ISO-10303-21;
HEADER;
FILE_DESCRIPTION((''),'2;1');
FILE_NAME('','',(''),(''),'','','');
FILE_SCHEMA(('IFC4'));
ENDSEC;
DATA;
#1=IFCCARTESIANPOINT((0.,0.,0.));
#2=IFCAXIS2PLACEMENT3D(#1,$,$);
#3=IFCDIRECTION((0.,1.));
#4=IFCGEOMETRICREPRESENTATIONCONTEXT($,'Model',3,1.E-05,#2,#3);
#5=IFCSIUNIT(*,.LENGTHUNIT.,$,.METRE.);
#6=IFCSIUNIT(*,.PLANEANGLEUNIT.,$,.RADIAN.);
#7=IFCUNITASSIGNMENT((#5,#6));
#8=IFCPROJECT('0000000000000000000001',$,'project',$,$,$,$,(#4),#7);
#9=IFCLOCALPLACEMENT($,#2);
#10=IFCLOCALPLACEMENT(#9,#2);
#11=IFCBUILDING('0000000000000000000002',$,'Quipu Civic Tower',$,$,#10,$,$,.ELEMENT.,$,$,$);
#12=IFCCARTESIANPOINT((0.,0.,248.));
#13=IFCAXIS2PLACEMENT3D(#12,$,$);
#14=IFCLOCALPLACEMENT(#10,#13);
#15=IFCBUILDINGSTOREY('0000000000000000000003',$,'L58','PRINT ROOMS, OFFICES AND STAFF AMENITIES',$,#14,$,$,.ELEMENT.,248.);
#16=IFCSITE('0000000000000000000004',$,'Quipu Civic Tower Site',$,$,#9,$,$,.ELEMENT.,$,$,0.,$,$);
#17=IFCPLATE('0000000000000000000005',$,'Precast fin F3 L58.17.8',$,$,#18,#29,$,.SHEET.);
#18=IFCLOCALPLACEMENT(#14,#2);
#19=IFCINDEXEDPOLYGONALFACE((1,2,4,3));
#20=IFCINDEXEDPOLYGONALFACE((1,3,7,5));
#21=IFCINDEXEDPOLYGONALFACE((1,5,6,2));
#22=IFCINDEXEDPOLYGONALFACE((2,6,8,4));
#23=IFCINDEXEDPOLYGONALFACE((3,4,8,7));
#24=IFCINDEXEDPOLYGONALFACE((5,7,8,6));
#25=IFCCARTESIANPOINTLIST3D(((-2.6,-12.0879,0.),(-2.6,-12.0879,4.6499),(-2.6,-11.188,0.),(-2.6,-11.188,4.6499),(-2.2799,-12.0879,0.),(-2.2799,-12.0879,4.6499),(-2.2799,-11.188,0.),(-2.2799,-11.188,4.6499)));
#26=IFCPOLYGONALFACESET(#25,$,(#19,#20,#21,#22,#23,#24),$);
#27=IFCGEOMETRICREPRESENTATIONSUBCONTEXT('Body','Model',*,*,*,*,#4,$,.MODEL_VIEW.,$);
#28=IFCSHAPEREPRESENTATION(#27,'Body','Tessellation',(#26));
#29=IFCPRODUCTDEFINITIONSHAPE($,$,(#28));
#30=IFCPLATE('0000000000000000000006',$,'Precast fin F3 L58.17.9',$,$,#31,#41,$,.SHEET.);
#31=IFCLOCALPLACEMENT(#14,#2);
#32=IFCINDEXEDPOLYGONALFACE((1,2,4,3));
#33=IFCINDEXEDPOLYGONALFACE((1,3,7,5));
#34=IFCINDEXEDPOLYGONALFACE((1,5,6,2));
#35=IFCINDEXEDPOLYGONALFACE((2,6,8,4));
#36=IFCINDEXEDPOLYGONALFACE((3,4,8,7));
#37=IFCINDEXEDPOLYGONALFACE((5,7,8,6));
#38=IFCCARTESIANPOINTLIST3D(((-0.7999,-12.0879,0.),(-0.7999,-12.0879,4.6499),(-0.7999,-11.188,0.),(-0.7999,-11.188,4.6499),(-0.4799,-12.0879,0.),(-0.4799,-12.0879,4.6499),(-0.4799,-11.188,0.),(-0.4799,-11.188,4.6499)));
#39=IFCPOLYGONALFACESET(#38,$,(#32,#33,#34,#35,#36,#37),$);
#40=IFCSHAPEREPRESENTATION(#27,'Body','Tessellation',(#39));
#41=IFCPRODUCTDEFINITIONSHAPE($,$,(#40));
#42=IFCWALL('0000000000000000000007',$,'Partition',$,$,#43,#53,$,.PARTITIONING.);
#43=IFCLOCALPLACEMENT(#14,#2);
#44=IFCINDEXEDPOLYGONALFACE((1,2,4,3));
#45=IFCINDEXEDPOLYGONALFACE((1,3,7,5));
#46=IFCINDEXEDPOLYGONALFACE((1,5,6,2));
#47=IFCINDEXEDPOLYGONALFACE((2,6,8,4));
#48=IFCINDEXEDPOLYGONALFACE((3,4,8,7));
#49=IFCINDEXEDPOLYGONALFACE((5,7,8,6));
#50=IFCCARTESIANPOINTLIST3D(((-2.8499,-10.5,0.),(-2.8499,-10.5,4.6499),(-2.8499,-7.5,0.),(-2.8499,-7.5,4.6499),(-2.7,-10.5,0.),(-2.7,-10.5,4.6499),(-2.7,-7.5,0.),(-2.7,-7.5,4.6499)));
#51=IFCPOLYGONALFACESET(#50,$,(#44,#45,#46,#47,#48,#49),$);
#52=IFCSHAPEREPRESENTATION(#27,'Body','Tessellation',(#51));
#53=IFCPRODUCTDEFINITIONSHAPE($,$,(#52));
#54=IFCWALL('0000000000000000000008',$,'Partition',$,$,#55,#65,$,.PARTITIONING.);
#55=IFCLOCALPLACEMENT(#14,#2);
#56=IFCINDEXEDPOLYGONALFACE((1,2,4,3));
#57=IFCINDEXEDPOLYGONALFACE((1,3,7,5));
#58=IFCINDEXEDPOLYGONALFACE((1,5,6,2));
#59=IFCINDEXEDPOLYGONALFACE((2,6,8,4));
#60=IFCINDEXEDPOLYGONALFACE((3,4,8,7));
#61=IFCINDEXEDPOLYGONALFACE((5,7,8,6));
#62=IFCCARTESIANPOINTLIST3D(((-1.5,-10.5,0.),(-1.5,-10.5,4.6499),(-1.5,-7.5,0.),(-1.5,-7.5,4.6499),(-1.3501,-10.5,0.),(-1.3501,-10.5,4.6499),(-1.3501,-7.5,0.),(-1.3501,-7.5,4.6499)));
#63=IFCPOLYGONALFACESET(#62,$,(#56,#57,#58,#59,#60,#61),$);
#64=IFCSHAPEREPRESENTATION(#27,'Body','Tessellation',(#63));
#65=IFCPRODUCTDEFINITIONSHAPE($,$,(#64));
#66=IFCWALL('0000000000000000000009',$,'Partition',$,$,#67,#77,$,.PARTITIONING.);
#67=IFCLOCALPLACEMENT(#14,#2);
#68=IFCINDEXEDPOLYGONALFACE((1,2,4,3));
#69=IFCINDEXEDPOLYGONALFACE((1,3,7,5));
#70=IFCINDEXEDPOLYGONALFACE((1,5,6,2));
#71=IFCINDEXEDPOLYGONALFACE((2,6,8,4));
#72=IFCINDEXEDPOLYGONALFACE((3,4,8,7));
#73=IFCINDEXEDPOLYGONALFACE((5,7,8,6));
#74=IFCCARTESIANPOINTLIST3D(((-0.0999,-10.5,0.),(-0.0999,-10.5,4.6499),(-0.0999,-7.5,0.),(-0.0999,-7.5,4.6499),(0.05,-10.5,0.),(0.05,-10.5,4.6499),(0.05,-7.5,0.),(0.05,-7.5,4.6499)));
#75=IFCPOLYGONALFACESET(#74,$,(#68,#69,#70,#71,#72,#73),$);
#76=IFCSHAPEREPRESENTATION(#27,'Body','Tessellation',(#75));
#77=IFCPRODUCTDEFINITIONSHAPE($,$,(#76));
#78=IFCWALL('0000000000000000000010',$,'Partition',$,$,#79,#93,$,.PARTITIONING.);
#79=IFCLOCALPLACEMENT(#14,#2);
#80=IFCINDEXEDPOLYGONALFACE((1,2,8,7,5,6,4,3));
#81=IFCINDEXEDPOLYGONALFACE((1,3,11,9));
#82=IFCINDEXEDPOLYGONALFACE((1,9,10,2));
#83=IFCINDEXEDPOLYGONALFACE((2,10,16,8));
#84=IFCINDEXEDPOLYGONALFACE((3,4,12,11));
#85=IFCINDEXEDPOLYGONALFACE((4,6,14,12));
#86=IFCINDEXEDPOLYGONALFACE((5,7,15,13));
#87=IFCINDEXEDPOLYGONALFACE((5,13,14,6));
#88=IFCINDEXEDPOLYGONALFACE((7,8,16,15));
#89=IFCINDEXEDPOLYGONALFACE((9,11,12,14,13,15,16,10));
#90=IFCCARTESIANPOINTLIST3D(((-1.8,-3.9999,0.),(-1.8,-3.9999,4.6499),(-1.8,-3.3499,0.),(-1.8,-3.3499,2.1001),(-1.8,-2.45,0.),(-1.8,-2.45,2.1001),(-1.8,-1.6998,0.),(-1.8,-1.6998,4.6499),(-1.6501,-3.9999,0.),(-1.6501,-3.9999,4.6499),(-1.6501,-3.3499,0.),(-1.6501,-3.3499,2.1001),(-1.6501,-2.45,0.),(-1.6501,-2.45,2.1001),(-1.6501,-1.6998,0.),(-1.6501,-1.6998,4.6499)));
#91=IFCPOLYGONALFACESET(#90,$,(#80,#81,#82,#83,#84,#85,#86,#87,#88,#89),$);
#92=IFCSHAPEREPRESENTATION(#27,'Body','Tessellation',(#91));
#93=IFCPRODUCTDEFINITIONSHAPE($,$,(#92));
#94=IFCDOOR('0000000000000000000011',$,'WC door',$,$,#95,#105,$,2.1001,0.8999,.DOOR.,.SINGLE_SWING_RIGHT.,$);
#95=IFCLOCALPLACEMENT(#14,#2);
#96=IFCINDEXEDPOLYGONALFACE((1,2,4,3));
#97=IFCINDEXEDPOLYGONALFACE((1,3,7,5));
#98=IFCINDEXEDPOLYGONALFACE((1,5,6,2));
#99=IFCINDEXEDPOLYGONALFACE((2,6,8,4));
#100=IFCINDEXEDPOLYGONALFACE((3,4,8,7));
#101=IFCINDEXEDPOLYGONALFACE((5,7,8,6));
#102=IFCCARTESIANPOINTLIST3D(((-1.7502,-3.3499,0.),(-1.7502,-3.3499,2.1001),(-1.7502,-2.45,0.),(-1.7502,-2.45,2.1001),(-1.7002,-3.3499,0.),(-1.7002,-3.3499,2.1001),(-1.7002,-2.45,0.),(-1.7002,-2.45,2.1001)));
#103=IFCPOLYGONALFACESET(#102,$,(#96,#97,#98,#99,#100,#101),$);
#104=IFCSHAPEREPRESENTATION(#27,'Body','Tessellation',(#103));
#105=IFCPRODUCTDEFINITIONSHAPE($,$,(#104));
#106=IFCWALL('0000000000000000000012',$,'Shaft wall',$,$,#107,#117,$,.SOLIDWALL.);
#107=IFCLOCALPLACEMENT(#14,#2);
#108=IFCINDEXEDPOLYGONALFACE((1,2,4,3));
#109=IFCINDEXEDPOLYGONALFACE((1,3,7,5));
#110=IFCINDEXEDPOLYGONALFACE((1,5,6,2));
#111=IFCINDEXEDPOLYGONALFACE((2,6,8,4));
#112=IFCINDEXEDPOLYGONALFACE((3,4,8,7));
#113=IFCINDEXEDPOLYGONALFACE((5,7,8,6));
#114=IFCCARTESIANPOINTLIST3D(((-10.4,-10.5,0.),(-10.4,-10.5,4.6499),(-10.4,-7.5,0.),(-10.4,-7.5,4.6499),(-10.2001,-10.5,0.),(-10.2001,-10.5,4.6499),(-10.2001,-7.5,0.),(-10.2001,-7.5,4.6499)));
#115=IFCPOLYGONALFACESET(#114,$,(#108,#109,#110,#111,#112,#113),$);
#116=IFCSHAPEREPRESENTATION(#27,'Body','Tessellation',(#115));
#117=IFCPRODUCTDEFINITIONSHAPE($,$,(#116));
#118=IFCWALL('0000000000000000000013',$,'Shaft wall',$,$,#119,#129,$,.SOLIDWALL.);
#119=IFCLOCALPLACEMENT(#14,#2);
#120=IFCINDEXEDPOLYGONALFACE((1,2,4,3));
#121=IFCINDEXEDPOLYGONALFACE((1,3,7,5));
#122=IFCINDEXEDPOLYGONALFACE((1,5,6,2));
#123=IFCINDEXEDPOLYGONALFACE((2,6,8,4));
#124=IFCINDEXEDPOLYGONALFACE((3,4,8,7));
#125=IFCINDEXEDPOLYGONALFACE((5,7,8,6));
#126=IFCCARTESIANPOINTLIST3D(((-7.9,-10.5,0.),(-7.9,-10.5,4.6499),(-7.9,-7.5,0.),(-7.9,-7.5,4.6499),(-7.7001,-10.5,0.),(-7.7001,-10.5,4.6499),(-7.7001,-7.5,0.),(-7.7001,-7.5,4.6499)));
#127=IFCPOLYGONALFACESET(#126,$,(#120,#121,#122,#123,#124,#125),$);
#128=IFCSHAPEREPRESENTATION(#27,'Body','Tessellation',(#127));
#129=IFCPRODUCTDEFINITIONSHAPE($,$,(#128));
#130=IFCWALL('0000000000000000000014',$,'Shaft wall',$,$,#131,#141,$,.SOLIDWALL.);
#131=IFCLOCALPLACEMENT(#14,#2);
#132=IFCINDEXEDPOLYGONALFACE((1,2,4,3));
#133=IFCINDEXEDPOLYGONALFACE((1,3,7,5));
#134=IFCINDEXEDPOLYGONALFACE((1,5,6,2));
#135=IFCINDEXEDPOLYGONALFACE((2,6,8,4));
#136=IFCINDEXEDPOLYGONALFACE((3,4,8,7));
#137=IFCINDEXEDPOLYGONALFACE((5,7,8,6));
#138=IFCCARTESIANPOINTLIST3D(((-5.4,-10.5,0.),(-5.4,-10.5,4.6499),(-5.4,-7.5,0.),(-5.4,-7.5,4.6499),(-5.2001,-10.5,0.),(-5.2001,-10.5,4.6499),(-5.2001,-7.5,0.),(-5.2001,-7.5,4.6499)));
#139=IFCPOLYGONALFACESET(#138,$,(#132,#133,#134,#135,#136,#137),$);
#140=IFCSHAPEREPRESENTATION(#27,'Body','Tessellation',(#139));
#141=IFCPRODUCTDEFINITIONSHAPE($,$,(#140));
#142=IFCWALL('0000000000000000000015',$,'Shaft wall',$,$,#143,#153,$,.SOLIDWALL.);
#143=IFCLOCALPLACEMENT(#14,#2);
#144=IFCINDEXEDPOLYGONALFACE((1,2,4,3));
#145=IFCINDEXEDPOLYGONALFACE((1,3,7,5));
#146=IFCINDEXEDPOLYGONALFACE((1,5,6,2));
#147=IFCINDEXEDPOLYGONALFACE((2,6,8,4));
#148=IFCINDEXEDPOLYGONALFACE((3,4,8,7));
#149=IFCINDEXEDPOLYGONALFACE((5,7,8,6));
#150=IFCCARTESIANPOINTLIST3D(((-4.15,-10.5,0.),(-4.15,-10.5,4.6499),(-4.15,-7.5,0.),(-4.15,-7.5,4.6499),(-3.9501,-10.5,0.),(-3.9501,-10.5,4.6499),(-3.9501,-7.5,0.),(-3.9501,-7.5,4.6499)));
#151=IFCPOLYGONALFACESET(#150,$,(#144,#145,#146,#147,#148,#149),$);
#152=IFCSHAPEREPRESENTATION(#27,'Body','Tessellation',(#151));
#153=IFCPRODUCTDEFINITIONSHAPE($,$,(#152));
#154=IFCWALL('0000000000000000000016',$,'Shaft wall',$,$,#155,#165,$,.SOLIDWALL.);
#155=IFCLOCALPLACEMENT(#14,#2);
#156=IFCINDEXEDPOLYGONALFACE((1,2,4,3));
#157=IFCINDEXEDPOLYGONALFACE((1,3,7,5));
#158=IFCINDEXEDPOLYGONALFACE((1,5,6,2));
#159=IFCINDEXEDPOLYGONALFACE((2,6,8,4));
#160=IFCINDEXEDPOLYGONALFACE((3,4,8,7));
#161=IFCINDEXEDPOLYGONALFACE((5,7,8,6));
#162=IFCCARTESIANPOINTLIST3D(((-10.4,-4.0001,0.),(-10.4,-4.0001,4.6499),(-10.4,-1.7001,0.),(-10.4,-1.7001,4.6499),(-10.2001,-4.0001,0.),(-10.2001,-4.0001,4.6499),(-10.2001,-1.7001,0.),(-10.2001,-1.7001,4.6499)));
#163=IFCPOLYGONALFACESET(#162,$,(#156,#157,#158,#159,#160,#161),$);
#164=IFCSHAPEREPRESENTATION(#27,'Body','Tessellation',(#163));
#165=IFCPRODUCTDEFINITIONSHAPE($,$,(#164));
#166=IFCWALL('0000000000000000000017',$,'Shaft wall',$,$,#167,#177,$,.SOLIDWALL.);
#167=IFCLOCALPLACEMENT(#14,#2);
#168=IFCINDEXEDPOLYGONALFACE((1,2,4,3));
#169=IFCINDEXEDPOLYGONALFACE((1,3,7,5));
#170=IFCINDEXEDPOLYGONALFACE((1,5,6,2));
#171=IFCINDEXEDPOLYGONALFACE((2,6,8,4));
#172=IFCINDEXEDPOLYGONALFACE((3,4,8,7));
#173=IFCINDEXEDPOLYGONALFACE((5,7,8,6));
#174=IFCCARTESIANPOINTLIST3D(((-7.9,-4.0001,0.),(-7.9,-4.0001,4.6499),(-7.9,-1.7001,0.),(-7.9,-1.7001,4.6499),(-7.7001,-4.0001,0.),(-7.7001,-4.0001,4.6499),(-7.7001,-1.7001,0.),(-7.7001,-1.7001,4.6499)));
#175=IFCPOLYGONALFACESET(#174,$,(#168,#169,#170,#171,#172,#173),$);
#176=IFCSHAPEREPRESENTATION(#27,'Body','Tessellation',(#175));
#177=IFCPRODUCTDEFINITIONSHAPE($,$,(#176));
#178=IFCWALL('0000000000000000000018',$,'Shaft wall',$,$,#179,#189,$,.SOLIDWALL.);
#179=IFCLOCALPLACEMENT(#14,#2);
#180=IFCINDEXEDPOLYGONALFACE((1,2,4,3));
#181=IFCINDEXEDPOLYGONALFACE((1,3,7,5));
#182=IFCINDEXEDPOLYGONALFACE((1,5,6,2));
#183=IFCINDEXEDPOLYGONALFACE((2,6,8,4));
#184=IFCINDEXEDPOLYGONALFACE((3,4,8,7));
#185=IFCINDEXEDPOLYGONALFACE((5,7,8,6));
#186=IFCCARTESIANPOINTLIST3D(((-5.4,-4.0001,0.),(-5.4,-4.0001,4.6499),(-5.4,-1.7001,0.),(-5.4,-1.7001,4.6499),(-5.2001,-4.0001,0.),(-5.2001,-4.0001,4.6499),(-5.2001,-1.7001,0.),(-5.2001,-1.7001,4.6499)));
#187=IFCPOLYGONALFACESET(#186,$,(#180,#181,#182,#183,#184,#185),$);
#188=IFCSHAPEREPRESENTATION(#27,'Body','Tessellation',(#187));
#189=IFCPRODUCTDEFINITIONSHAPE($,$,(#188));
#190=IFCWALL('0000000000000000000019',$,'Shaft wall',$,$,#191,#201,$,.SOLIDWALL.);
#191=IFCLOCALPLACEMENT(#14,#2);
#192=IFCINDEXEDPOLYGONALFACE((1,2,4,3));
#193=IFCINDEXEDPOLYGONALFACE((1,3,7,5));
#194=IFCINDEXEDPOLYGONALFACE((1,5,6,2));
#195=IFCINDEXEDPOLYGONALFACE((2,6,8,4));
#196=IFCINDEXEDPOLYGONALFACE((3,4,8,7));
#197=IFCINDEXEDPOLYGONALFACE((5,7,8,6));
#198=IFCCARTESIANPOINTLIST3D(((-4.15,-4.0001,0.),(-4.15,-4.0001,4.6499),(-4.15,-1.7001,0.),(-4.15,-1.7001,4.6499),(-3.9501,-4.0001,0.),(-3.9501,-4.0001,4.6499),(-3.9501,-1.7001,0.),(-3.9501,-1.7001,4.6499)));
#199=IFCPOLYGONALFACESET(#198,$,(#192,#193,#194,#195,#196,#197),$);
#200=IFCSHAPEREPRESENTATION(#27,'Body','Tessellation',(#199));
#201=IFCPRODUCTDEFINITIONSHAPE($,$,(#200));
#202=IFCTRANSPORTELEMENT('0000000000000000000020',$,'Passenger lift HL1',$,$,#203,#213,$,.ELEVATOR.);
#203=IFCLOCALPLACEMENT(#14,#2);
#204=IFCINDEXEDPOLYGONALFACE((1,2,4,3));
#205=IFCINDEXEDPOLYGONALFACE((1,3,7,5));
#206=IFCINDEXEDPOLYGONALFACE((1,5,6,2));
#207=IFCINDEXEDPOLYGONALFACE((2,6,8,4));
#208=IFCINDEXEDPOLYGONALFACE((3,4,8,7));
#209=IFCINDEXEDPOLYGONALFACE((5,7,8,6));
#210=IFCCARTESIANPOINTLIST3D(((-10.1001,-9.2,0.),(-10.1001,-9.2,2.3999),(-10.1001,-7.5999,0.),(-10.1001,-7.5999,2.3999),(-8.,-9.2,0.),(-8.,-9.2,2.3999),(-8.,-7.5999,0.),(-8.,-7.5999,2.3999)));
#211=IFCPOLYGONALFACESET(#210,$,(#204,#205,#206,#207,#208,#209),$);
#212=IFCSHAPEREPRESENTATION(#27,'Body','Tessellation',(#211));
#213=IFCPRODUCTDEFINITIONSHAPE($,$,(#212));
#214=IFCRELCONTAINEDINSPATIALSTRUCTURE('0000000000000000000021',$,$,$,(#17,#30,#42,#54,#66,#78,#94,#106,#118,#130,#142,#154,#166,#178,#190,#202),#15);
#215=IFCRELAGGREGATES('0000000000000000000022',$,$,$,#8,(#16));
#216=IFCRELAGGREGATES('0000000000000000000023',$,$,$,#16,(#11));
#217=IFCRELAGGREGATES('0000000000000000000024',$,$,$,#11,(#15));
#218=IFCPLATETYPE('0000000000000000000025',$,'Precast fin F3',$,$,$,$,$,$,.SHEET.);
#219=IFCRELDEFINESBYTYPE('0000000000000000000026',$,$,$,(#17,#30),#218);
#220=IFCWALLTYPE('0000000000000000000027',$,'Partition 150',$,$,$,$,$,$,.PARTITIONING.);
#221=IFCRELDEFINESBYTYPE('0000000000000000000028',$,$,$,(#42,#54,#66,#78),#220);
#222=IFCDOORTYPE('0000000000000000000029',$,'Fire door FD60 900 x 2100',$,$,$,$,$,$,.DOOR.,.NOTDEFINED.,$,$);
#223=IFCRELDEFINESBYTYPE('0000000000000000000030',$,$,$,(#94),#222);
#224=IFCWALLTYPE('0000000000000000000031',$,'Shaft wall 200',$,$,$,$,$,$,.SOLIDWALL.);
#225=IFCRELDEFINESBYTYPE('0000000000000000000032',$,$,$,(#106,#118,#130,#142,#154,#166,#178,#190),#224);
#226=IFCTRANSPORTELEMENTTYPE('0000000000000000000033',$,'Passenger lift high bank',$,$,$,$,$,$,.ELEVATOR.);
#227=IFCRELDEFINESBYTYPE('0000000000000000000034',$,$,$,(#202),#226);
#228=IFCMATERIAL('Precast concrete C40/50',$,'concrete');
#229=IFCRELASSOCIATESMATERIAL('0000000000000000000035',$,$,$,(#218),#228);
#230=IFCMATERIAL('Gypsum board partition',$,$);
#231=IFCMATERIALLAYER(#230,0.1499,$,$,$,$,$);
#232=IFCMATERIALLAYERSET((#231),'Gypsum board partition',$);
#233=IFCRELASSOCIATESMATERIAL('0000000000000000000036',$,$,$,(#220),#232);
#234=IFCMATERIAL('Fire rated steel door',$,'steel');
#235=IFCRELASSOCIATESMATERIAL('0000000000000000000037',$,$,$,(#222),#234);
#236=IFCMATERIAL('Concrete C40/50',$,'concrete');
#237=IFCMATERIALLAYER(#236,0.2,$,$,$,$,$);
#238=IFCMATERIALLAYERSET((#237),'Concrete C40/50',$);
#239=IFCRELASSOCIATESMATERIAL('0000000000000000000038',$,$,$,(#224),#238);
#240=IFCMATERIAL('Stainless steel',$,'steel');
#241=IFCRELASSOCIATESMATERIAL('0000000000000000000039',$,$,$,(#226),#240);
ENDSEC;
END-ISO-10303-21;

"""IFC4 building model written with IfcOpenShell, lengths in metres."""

from ifc_helpers import new_model, si_unit, direction, frame, frame_2d, origin, origin_2d, place, context, subcontext, project, spatial, rectangle, extrude, material, layer, layer_set, type_object, element, fill, save


model = new_model("IFC4")

# Units and contexts
model_context = context("Model", 3, precision=1e-05, world=origin(), true_north=direction((0.0, 1.0)))
body_context = subcontext(model_context, "Body", "Model", "MODEL_VIEW")
ifc_project = project(units=[si_unit("LENGTHUNIT", "METRE"), si_unit("PLANEANGLEUNIT", "RADIAN")], contexts=[model_context])

# Site, building, storey
site_placement = place(None, origin())
site = spatial("IfcSite", under=ifc_project, at=site_placement, Name="Quipu Civic Tower Site", CompositionType="ELEMENT", RefElevation=0.0)
building_placement = place(site_placement, origin())
building = spatial("IfcBuilding", under=site, at=building_placement, Name="Quipu Civic Tower", CompositionType="ELEMENT")
storey_placement = place(building_placement, frame((0.0, 0.0, 248.0)))
storey = spatial("IfcBuildingStorey", under=building, at=storey_placement, Name="L58", Description="PRINT ROOMS, OFFICES AND STAFF AMENITIES", CompositionType="ELEMENT", Elevation=248.0)

# Plates
ifc_material_1 = material(Name="Precast concrete C40/50", Category="concrete")
plate_type = type_object("IfcPlateType", Name="Precast fin F3", PredefinedType="SHEET", material=ifc_material_1)
for number, where, z_axis, x_axis, name in (
    (1, (-2.4399, -11.6379, 0.0), (0.0, 0.0, 1.0), (1.0, 0.0, 0.0), "Precast fin F3 L58.17.8"),
    (2, (-0.6399, -11.6379, 0.0), (0.0, 0.0, 1.0), (1.0, 0.0, 0.0), "Precast fin F3 L58.17.9"),
):
    element("IfcPlate", number, at=place(storey_placement, frame(where, z_axis=z_axis, x_axis=x_axis)), inside=storey, type_object=plate_type, Name=name, PredefinedType="SHEET", context=body_context, shape_type="SweptSolid", body=[
        extrude(rectangle(XDim=0.3201, YDim=0.8999, at=origin_2d()), origin(), (0.0, 0.0, 1.0), 4.6499),
    ])

# Walls
ifc_material_2 = material(Name="Gypsum board partition")
ifc_layer_1 = layer(ifc_material_2, 0.1499)
ifc_layer_set_1 = layer_set([ifc_layer_1], Name="Gypsum board partition")
wall_type_1 = type_object("IfcWallType", Name="Partition 150", PredefinedType="PARTITIONING", material=ifc_layer_set_1)
for number, where, z_axis, x_axis, name in (
    (3, (-2.7749, -10.5, 0.0), (0.0, 0.0, 1.0), (0.0, 1.0, 0.0), "Partition"),
    (4, (-1.425, -10.5, 0.0), (0.0, 0.0, 1.0), (0.0, 1.0, 0.0), "Partition"),
    (5, (-0.0249, -10.5, 0.0), (0.0, 0.0, 1.0), (0.0, 1.0, 0.0), "Partition"),
):
    element("IfcWall", number, at=place(storey_placement, frame(where, z_axis=z_axis, x_axis=x_axis)), inside=storey, type_object=wall_type_1, Name=name, PredefinedType="PARTITIONING", context=body_context, shape_type="SweptSolid", body=[
        extrude(rectangle(XDim=3.0, YDim=0.1499, at=frame_2d((1.5, 0.0))), origin(), (0.0, 0.0, 1.0), 4.6499),
    ])

# Wall, opening, door
wall_placement = place(storey_placement, frame((-1.7251, -1.7, 0.0), z_axis=(0.0, 0.0, 1.0), x_axis=(0.0, -1.0, 0.0)))
wall = element("IfcWall", 6, at=wall_placement, inside=storey, type_object=wall_type_1, Name="Partition", PredefinedType="PARTITIONING", context=body_context, shape_type="SweptSolid", body=[
    extrude(rectangle(XDim=2.3, YDim=0.1499, at=frame_2d((1.1499, 0.0))), origin(), (0.0, 0.0, 1.0), 4.6499),
])
opening_placement = place(wall_placement, frame((0.75, 0.0, 0.0)))
opening = element("IfcOpeningElement", 7, at=opening_placement, cuts=wall, PredefinedType="OPENING", context=body_context, shape_type="SweptSolid", body=[
    extrude(rectangle(XDim=0.8999, YDim=2.1001, at=frame_2d((0.45, 1.05))), frame((0.0, 0.085, 0.0), z_axis=(0.0, -1.0, 0.0), x_axis=(1.0, 0.0, 0.0)), (0.0, 0.0, 1.0), 0.1699),
])
ifc_material_3 = material(Name="Fire rated steel door", Category="steel")
door_type = type_object("IfcDoorType", Name="Fire door FD60 900 x 2100", OperationType="NOTDEFINED", PredefinedType="DOOR", material=ifc_material_3)
door_placement = place(opening_placement, origin())
door = element("IfcDoor", 8, at=door_placement, inside=storey, type_object=door_type, Name="WC door", OperationType="SINGLE_SWING_RIGHT", OverallHeight=2.1001, OverallWidth=0.8999, PredefinedType="DOOR", context=body_context, shape_type="SweptSolid", body=[
    extrude(rectangle(XDim=0.8999, YDim=2.1001, at=frame_2d((0.45, 1.05))), frame((0.0, 0.0249, 0.0), z_axis=(0.0, -1.0, 0.0), x_axis=(1.0, 0.0, 0.0)), (0.0, 0.0, 1.0), 0.05),
])
fill(opening, door)

# Walls
ifc_material_4 = material(Name="Concrete C40/50", Category="concrete")
ifc_layer_2 = layer(ifc_material_4, 0.2)
ifc_layer_set_2 = layer_set([ifc_layer_2], Name="Concrete C40/50")
wall_type_2 = type_object("IfcWallType", Name="Shaft wall 200", PredefinedType="SOLIDWALL", material=ifc_layer_set_2)
for number, where, z_axis, x_axis, name in (
    (9, (-10.3, -10.5, 0.0), (0.0, 0.0, 1.0), (0.0, 1.0, 0.0), "Shaft wall"),
    (10, (-7.8, -10.5, 0.0), (0.0, 0.0, 1.0), (0.0, 1.0, 0.0), "Shaft wall"),
    (11, (-5.3, -10.5, 0.0), (0.0, 0.0, 1.0), (0.0, 1.0, 0.0), "Shaft wall"),
    (12, (-4.05, -10.5, 0.0), (0.0, 0.0, 1.0), (0.0, 1.0, 0.0), "Shaft wall"),
):
    element("IfcWall", number, at=place(storey_placement, frame(where, z_axis=z_axis, x_axis=x_axis)), inside=storey, type_object=wall_type_2, Name=name, PredefinedType="SOLIDWALL", context=body_context, shape_type="SweptSolid", body=[
        extrude(rectangle(XDim=3.0, YDim=0.2, at=frame_2d((1.5, 0.0))), origin(), (0.0, 0.0, 1.0), 4.6499),
    ])
for number, where, z_axis, x_axis, name in (
    (13, (-10.3, -4.0, 0.0), (0.0, 0.0, 1.0), (0.0, 1.0, 0.0), "Shaft wall"),
    (14, (-7.8, -4.0, 0.0), (0.0, 0.0, 1.0), (0.0, 1.0, 0.0), "Shaft wall"),
    (15, (-5.3, -4.0, 0.0), (0.0, 0.0, 1.0), (0.0, 1.0, 0.0), "Shaft wall"),
    (16, (-4.05, -4.0, 0.0), (0.0, 0.0, 1.0), (0.0, 1.0, 0.0), "Shaft wall"),
):
    element("IfcWall", number, at=place(storey_placement, frame(where, z_axis=z_axis, x_axis=x_axis)), inside=storey, type_object=wall_type_2, Name=name, PredefinedType="SOLIDWALL", context=body_context, shape_type="SweptSolid", body=[
        extrude(rectangle(XDim=2.3, YDim=0.2, at=frame_2d((1.1499, 0.0))), origin(), (0.0, 0.0, 1.0), 4.6499),
    ])

# Transport element
ifc_material_5 = material(Name="Stainless steel", Category="steel")
transport_element_type = type_object("IfcTransportElementType", Name="Passenger lift high bank", PredefinedType="ELEVATOR", material=ifc_material_5)
for number, where, z_axis, x_axis, name in (
    (17, (-9.05, -8.3999, 0.0), (0.0, 0.0, 1.0), (1.0, 0.0, 0.0), "Passenger lift HL1"),
):
    element("IfcTransportElement", number, at=place(storey_placement, frame(where, z_axis=z_axis, x_axis=x_axis)), inside=storey, type_object=transport_element_type, Name=name, PredefinedType="ELEVATOR", context=body_context, shape_type="SweptSolid", body=[
        extrude(rectangle(XDim=2.1001, YDim=1.6001, at=origin_2d()), origin(), (0.0, 0.0, 1.0), 2.3999),
    ])

save(model, "model.ifc")
